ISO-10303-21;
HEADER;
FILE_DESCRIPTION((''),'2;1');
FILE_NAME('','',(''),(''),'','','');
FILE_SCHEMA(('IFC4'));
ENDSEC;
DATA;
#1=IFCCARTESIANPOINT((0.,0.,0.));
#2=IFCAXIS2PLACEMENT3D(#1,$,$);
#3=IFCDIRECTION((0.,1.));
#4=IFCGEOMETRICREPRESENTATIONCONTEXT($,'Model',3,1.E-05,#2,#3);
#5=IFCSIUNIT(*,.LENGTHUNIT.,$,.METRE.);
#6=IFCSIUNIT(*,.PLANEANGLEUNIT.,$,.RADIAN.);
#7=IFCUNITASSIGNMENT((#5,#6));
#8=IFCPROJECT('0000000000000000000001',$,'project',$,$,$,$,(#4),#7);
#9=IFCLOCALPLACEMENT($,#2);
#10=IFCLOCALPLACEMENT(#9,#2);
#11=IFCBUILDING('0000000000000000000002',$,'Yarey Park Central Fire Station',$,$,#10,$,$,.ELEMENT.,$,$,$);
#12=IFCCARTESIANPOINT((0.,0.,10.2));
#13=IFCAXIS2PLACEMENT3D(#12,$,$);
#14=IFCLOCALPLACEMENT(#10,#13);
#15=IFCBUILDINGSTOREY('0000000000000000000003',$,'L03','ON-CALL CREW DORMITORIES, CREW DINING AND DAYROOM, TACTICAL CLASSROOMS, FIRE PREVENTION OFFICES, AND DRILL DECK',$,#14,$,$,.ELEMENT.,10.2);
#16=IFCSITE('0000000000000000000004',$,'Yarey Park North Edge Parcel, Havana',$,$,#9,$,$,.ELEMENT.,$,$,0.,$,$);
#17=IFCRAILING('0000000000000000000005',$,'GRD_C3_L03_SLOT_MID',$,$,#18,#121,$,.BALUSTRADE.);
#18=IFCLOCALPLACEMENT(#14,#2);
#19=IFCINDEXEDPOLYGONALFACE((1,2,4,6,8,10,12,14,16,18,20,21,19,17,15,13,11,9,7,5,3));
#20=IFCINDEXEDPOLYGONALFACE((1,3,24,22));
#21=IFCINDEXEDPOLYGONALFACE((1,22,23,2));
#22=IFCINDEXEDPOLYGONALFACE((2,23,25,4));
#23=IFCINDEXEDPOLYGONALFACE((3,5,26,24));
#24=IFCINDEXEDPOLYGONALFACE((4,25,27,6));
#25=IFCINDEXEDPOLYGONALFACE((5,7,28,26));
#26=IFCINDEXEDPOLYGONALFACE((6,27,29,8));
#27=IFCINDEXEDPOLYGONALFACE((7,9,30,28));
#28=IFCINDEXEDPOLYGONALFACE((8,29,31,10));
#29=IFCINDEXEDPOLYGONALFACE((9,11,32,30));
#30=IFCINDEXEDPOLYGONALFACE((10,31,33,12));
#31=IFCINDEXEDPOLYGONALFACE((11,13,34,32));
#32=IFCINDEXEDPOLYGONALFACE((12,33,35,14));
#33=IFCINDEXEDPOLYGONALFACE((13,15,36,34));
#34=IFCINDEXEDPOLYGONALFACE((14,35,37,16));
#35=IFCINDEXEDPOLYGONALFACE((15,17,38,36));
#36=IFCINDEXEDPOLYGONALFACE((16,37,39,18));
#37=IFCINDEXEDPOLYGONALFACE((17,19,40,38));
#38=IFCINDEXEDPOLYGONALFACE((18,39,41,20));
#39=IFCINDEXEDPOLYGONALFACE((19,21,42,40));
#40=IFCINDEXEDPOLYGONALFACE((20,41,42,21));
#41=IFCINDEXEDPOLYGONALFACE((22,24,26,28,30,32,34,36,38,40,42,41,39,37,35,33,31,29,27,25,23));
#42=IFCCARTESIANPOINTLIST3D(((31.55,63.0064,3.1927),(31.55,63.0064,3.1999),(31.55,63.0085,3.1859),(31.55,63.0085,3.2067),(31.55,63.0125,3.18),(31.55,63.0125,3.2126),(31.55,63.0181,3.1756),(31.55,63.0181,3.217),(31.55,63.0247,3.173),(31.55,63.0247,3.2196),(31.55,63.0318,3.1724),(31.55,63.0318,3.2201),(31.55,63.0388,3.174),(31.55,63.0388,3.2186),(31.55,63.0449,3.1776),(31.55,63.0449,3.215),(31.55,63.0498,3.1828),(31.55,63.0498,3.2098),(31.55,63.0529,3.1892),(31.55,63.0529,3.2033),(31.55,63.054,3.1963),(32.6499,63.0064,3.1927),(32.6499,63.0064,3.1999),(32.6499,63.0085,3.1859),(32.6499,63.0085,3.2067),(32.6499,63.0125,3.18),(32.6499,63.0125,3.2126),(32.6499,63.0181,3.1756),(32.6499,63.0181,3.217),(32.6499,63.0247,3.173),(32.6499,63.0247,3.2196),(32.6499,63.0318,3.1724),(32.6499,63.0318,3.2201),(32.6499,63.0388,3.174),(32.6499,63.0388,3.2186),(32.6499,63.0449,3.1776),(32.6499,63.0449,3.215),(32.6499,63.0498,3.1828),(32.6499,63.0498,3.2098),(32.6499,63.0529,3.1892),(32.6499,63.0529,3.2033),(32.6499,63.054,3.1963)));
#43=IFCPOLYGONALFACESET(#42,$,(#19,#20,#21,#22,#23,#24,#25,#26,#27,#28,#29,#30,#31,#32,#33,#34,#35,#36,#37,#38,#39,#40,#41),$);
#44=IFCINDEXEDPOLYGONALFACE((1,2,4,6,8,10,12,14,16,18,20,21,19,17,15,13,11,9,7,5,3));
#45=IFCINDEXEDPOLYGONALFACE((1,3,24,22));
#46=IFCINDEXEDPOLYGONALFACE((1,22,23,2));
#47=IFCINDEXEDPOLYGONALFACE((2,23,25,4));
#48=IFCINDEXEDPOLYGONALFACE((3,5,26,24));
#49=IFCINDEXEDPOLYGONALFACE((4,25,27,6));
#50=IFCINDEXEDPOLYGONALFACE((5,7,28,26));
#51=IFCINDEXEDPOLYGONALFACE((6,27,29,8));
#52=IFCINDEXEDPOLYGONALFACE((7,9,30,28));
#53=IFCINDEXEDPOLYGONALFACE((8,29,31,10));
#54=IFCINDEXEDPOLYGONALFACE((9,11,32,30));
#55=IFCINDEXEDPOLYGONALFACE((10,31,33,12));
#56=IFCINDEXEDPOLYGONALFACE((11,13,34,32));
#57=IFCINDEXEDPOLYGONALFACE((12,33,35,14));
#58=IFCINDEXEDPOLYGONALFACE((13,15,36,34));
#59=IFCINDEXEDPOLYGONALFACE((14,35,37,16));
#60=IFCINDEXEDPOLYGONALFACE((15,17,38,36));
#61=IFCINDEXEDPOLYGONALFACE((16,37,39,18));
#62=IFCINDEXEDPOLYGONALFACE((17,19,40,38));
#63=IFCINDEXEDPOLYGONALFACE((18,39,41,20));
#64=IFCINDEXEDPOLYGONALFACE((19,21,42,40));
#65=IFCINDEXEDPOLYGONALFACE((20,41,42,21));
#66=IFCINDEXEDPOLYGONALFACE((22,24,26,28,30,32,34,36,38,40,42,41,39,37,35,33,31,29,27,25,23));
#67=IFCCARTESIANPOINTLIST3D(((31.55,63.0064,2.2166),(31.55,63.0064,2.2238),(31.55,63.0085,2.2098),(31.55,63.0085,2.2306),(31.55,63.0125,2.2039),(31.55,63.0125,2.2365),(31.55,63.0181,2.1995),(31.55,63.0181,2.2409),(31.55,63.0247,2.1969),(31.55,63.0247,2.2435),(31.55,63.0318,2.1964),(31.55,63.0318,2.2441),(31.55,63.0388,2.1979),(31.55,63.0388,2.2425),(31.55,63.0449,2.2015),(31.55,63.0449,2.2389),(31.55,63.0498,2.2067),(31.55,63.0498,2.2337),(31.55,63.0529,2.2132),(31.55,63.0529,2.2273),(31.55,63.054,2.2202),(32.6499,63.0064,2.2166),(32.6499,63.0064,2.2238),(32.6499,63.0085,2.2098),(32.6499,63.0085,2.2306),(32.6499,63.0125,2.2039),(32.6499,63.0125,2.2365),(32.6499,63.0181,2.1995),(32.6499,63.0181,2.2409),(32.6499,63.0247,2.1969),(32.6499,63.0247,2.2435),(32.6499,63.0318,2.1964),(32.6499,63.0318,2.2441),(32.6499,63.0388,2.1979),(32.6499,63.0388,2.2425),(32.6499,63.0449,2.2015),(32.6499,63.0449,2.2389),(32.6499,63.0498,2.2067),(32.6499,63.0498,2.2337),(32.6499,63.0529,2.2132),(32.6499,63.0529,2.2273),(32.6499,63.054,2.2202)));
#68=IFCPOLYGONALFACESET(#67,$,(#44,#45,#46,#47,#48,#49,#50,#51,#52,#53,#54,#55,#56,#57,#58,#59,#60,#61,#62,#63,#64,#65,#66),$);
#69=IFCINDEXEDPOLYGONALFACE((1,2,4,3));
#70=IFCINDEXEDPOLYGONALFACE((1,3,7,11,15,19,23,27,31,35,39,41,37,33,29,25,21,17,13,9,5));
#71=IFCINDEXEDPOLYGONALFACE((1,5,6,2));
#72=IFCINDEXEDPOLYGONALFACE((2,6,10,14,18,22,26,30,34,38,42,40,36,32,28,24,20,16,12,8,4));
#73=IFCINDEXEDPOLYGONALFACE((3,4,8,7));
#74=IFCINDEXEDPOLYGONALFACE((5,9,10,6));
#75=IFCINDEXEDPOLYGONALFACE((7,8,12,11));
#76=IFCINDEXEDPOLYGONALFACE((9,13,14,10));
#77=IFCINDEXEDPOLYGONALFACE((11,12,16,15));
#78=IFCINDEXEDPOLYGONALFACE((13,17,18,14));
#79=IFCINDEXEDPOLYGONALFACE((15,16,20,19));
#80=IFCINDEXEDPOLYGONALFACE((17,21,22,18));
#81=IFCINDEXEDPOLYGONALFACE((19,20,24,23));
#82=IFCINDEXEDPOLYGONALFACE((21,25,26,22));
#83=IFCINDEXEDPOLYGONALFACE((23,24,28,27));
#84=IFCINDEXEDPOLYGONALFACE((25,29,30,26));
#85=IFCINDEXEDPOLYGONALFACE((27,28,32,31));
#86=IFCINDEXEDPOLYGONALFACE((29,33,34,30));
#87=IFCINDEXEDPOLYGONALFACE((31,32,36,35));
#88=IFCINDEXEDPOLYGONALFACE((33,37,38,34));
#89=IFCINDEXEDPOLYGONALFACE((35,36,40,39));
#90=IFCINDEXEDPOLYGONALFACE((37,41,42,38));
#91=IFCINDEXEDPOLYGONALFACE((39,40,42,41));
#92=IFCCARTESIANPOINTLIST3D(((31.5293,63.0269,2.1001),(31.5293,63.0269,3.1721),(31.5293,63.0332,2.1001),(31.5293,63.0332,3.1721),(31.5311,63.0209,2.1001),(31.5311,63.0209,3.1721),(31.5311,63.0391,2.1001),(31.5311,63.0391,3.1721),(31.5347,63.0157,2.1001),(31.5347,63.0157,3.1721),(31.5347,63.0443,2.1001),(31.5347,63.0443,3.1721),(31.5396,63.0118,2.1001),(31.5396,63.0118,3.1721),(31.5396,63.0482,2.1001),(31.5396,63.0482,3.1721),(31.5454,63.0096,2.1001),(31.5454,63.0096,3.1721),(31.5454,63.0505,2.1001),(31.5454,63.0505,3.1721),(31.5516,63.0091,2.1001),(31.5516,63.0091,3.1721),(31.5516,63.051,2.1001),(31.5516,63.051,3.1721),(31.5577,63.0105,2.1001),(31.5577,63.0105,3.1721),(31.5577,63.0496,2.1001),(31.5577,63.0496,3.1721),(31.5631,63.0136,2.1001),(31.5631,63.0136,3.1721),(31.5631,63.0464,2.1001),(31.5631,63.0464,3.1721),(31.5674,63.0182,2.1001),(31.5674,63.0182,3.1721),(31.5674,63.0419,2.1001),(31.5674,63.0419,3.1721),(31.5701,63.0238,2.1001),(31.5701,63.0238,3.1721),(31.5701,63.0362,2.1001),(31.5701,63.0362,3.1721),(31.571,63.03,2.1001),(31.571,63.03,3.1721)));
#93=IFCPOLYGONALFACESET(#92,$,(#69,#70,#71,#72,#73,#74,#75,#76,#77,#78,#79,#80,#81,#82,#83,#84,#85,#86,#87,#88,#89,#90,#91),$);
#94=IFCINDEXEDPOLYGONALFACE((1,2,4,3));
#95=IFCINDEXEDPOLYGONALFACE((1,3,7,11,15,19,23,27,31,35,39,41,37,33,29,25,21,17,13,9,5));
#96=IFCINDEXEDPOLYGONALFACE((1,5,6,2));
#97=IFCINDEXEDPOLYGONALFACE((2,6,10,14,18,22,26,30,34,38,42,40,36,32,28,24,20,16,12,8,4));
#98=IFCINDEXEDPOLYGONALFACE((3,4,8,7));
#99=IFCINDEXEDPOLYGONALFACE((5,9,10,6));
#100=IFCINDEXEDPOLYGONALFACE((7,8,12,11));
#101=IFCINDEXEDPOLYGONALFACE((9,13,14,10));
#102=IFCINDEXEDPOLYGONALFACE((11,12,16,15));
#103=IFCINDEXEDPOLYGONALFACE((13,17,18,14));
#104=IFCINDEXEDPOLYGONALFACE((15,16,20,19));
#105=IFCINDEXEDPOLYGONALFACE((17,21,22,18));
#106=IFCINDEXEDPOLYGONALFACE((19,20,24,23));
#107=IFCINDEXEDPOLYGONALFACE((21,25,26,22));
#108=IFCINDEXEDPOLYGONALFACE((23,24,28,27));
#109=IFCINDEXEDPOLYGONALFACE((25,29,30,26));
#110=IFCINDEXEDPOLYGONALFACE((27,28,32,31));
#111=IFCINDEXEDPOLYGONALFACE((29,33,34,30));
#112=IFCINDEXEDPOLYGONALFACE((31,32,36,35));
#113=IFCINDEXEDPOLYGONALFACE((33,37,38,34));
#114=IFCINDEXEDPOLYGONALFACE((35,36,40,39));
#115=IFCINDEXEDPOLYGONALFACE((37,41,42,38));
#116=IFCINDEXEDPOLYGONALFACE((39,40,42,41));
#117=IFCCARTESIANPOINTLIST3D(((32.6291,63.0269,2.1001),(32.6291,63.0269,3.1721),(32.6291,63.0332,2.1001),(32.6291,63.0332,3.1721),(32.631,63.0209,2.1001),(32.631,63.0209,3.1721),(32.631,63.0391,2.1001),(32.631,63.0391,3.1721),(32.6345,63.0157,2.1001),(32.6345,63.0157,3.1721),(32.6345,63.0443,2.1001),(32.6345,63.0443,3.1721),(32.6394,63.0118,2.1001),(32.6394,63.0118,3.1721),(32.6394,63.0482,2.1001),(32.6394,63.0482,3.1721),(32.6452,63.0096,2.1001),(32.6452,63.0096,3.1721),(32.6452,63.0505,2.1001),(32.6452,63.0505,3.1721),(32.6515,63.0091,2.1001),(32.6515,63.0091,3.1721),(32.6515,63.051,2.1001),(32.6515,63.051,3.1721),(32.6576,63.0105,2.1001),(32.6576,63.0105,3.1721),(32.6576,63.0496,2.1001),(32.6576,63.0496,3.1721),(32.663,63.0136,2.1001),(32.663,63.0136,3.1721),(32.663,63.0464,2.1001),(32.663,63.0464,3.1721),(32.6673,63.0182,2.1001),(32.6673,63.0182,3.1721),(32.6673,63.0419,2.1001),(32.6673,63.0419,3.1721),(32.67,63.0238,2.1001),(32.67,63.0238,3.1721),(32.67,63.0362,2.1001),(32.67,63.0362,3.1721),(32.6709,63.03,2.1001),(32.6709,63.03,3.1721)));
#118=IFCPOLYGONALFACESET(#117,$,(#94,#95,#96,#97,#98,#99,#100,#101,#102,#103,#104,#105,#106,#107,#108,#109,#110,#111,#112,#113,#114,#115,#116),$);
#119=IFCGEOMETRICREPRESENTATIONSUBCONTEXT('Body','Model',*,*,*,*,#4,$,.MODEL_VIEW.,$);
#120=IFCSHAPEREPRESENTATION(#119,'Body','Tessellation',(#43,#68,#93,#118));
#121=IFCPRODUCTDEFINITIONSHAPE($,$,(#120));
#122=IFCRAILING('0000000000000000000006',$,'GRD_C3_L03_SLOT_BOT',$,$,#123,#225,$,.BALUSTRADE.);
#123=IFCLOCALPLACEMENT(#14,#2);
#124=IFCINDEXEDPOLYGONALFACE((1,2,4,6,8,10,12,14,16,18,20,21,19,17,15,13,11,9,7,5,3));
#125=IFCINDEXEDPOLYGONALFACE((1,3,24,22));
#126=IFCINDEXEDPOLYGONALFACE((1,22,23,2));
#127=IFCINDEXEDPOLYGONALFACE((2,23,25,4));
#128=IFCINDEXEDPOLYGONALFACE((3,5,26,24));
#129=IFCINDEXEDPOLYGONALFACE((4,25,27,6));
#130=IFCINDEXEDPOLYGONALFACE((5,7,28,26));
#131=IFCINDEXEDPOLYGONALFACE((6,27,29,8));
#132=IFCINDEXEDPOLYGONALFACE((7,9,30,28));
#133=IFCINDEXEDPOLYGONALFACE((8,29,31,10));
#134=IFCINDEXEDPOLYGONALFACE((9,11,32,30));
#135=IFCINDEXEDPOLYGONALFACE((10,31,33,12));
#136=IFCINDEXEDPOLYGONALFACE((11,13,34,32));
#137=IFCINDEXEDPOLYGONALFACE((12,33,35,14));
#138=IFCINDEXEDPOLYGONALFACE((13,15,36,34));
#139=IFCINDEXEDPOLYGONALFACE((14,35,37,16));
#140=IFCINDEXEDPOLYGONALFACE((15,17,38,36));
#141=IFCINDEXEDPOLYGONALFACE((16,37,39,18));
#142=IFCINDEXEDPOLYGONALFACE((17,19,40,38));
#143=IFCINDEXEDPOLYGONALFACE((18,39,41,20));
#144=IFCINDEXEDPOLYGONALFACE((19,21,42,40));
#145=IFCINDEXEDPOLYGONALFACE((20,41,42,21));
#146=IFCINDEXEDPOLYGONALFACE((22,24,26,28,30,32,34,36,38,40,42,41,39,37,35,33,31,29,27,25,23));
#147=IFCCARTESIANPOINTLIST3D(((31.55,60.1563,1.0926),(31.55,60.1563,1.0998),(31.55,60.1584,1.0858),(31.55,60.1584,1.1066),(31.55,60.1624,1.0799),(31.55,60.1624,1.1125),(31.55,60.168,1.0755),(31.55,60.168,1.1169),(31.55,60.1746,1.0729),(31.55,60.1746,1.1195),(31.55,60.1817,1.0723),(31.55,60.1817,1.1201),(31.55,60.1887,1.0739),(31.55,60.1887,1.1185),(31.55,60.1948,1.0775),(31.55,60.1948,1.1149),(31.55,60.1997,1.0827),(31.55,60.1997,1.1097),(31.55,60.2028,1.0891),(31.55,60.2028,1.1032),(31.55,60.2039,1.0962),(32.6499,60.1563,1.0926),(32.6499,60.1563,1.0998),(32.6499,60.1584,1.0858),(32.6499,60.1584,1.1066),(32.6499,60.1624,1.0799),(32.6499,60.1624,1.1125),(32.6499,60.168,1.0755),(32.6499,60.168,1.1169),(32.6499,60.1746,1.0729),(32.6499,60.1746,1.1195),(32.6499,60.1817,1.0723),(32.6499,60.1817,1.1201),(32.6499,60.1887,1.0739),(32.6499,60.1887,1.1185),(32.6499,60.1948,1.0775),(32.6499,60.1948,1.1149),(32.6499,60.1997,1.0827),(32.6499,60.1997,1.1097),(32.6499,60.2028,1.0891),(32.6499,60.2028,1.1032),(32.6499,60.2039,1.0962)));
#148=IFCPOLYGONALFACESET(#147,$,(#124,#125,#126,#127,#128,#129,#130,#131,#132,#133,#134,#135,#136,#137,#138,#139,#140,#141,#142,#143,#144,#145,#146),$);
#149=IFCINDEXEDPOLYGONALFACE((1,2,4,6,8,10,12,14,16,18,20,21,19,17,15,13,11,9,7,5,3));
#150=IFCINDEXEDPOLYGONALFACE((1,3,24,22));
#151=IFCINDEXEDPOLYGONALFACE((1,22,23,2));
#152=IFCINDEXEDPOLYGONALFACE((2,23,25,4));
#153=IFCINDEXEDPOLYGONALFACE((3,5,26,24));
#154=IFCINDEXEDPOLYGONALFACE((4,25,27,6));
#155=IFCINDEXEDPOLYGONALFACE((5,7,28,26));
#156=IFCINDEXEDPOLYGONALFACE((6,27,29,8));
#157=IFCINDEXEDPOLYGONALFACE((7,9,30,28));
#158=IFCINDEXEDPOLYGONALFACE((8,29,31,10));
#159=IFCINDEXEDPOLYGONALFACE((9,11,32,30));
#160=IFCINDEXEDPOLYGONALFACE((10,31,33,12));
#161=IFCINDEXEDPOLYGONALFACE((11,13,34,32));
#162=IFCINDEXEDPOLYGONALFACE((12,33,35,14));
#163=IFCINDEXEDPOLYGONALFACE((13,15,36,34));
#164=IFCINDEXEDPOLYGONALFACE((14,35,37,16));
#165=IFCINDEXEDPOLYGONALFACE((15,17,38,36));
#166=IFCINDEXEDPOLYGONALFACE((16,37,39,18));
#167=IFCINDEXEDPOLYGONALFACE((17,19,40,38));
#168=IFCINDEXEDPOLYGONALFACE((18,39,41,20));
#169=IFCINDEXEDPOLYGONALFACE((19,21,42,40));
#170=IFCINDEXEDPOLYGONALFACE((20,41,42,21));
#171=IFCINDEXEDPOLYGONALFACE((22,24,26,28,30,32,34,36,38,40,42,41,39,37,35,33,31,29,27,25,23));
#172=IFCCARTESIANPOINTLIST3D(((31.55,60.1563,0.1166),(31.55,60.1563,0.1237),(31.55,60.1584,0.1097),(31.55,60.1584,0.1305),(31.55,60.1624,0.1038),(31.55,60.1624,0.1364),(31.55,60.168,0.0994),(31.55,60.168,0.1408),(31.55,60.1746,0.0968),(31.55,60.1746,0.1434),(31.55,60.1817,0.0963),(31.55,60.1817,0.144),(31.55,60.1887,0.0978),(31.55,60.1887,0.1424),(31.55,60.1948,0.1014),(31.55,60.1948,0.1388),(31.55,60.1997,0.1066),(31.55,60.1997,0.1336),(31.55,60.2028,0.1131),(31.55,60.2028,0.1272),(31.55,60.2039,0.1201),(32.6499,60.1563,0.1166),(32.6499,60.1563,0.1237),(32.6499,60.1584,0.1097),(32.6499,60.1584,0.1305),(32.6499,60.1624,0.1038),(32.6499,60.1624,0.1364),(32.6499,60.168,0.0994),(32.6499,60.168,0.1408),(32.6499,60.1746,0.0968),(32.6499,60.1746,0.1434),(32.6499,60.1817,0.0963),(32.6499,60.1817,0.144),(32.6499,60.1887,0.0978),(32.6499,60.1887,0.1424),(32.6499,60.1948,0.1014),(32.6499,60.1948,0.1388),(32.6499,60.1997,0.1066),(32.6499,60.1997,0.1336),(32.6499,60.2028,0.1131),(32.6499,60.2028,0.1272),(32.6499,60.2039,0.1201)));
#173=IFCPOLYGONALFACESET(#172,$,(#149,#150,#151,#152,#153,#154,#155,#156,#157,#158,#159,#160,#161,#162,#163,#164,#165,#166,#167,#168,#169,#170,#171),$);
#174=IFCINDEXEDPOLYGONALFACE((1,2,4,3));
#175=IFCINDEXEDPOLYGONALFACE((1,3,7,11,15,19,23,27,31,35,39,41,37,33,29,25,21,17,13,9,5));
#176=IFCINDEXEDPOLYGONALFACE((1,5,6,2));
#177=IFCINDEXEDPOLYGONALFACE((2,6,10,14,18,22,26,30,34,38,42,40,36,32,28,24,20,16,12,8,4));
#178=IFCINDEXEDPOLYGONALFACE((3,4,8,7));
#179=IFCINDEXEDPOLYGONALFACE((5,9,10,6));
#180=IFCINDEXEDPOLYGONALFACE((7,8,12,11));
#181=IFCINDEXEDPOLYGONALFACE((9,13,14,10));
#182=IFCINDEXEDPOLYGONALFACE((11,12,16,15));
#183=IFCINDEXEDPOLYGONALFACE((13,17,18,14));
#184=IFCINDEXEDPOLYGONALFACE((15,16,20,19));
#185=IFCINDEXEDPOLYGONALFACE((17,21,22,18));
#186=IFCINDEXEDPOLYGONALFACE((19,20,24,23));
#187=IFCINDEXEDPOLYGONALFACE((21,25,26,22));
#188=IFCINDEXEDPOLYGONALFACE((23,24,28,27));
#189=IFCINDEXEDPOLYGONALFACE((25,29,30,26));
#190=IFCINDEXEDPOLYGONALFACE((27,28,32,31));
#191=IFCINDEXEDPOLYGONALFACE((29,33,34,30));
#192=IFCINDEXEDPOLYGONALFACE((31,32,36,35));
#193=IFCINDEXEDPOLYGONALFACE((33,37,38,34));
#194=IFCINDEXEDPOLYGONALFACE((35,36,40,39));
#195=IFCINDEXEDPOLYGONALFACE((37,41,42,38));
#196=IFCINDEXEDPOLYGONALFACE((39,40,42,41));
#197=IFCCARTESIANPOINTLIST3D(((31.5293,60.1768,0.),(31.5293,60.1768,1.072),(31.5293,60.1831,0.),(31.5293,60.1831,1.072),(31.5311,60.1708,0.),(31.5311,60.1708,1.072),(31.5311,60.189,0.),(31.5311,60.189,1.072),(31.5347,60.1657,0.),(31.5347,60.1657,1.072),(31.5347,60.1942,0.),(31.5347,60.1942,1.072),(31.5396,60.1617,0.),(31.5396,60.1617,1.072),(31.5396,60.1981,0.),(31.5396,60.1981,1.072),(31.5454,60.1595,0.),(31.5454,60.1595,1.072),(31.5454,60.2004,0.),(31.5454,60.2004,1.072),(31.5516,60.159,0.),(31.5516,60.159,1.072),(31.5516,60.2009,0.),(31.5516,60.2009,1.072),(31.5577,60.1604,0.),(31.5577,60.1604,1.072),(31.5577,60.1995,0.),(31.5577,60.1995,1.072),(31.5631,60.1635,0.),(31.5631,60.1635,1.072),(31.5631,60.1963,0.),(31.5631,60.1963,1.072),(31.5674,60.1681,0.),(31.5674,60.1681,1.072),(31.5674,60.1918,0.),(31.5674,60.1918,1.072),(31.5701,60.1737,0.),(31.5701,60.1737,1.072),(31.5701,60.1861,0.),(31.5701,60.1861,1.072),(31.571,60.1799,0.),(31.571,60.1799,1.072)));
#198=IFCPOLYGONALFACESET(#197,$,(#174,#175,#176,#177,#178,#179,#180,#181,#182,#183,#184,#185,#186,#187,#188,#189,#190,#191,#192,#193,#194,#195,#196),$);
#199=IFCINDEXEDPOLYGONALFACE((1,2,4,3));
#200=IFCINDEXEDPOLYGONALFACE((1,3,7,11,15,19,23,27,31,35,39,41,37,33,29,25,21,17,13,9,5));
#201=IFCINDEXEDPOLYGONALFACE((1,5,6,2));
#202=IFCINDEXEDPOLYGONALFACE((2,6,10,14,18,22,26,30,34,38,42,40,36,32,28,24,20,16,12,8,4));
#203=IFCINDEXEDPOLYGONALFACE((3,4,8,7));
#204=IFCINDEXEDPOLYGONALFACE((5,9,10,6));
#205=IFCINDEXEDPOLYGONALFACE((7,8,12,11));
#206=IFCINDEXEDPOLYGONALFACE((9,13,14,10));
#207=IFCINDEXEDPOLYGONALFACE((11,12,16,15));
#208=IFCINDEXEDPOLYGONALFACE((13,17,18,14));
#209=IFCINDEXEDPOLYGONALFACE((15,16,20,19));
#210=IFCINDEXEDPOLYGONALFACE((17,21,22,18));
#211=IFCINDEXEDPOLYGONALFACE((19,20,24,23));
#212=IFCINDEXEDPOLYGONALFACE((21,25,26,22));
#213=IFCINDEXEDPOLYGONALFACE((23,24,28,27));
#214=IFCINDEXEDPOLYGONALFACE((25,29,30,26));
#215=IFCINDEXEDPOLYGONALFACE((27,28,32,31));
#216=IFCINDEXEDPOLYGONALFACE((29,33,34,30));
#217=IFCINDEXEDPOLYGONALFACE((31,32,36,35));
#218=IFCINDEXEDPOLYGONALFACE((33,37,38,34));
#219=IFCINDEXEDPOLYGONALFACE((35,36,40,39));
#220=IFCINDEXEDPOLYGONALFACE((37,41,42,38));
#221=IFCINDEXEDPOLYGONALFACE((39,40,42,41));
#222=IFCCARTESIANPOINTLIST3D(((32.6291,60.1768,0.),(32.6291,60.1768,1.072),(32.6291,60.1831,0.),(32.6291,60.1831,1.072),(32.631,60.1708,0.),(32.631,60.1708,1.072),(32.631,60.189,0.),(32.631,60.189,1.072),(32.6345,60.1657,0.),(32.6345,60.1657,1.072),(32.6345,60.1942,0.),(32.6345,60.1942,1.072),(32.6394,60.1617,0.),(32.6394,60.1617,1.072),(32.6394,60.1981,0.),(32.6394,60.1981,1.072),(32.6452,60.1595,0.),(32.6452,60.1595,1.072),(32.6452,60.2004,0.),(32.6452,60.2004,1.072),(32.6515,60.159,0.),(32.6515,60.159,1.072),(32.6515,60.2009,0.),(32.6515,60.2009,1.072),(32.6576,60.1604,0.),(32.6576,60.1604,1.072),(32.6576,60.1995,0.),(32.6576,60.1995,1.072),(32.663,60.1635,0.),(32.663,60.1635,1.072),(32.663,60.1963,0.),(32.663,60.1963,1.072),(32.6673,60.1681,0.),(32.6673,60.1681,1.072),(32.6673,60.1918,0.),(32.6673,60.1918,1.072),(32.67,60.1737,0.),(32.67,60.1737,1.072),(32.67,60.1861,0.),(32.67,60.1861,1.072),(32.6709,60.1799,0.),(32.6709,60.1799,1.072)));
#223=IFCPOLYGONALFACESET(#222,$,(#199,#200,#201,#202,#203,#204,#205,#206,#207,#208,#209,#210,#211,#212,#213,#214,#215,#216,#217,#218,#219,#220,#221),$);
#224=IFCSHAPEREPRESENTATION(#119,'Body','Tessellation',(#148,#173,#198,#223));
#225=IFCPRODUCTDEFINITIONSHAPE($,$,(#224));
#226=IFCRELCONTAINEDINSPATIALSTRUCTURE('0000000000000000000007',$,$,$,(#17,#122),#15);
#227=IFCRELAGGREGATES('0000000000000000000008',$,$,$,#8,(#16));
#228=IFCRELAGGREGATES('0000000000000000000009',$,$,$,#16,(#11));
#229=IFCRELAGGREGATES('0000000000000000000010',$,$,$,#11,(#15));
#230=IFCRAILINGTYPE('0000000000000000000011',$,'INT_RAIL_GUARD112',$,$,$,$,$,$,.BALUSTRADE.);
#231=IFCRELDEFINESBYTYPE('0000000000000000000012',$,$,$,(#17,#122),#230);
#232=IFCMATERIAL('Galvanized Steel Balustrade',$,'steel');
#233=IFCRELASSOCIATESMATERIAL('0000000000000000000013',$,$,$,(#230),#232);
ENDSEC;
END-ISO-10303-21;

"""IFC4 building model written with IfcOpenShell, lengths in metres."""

from ifc_helpers import new_model, si_unit, direction, frame, origin, origin_2d, place, context, subcontext, project, spatial, circle, extrude, material, type_object, element, save


model = new_model("IFC4")

# Units and contexts
model_context = context("Model", 3, precision=1e-05, world=origin(), true_north=direction((0.0, 1.0)))
body_context = subcontext(model_context, "Body", "Model", "MODEL_VIEW")
ifc_project = project(units=[si_unit("LENGTHUNIT", "METRE"), si_unit("PLANEANGLEUNIT", "RADIAN")], contexts=[model_context])

# Site, building, storey
site_placement = place(None, origin())
site = spatial("IfcSite", under=ifc_project, at=site_placement, Name="Yarey Park North Edge Parcel, Havana", CompositionType="ELEMENT", RefElevation=0.0)
building_placement = place(site_placement, origin())
building = spatial("IfcBuilding", under=site, at=building_placement, Name="Yarey Park Central Fire Station", CompositionType="ELEMENT")
storey_placement = place(building_placement, frame((0.0, 0.0, 10.2)))
storey = spatial("IfcBuildingStorey", under=building, at=storey_placement, Name="L03", Description="ON-CALL CREW DORMITORIES, CREW DINING AND DAYROOM, TACTICAL CLASSROOMS, FIRE PREVENTION OFFICES, AND DRILL DECK", CompositionType="ELEMENT", Elevation=10.2)

# Railings
ifc_material_1 = material(Name="Galvanized Steel Balustrade", Category="steel")
railing_type_1 = type_object("IfcRailingType", Name="INT_RAIL_GUARD112", PredefinedType="BALUSTRADE", material=ifc_material_1)
for number, where, name in (
    (1, (31.55, 63.03, 2.1001), "GRD_C3_L03_SLOT_MID"),
    (2, (31.55, 60.1799, 0.0), "GRD_C3_L03_SLOT_BOT"),
):
    element("IfcRailing", number, at=place(storey_placement, frame(where)), inside=storey, type_object=railing_type_1, Name=name, PredefinedType="BALUSTRADE", context=body_context, shape_type="SweptSolid", body=[
        extrude(circle(Radius=0.0239, at=origin_2d()), frame((0.0, 0.0, 1.0962), z_axis=(1.0, 0.0, 0.0), x_axis=(0.0, 1.0, 0.0)), (0.0, 0.0, 1.0), 1.0999),
        extrude(circle(Radius=0.0239, at=origin_2d()), frame((0.0, 0.0, 0.1201), z_axis=(1.0, 0.0, 0.0), x_axis=(0.0, 1.0, 0.0)), (0.0, 0.0, 1.0), 1.0999),
        extrude(circle(Radius=0.021, at=origin_2d()), origin(), (0.0, 0.0, 1.0), 1.072),
        extrude(circle(Radius=0.021, at=origin_2d()), frame((1.0999, 0.0, 0.0)), (0.0, 0.0, 1.0), 1.072),
    ])

save(model, "model.ifc")
